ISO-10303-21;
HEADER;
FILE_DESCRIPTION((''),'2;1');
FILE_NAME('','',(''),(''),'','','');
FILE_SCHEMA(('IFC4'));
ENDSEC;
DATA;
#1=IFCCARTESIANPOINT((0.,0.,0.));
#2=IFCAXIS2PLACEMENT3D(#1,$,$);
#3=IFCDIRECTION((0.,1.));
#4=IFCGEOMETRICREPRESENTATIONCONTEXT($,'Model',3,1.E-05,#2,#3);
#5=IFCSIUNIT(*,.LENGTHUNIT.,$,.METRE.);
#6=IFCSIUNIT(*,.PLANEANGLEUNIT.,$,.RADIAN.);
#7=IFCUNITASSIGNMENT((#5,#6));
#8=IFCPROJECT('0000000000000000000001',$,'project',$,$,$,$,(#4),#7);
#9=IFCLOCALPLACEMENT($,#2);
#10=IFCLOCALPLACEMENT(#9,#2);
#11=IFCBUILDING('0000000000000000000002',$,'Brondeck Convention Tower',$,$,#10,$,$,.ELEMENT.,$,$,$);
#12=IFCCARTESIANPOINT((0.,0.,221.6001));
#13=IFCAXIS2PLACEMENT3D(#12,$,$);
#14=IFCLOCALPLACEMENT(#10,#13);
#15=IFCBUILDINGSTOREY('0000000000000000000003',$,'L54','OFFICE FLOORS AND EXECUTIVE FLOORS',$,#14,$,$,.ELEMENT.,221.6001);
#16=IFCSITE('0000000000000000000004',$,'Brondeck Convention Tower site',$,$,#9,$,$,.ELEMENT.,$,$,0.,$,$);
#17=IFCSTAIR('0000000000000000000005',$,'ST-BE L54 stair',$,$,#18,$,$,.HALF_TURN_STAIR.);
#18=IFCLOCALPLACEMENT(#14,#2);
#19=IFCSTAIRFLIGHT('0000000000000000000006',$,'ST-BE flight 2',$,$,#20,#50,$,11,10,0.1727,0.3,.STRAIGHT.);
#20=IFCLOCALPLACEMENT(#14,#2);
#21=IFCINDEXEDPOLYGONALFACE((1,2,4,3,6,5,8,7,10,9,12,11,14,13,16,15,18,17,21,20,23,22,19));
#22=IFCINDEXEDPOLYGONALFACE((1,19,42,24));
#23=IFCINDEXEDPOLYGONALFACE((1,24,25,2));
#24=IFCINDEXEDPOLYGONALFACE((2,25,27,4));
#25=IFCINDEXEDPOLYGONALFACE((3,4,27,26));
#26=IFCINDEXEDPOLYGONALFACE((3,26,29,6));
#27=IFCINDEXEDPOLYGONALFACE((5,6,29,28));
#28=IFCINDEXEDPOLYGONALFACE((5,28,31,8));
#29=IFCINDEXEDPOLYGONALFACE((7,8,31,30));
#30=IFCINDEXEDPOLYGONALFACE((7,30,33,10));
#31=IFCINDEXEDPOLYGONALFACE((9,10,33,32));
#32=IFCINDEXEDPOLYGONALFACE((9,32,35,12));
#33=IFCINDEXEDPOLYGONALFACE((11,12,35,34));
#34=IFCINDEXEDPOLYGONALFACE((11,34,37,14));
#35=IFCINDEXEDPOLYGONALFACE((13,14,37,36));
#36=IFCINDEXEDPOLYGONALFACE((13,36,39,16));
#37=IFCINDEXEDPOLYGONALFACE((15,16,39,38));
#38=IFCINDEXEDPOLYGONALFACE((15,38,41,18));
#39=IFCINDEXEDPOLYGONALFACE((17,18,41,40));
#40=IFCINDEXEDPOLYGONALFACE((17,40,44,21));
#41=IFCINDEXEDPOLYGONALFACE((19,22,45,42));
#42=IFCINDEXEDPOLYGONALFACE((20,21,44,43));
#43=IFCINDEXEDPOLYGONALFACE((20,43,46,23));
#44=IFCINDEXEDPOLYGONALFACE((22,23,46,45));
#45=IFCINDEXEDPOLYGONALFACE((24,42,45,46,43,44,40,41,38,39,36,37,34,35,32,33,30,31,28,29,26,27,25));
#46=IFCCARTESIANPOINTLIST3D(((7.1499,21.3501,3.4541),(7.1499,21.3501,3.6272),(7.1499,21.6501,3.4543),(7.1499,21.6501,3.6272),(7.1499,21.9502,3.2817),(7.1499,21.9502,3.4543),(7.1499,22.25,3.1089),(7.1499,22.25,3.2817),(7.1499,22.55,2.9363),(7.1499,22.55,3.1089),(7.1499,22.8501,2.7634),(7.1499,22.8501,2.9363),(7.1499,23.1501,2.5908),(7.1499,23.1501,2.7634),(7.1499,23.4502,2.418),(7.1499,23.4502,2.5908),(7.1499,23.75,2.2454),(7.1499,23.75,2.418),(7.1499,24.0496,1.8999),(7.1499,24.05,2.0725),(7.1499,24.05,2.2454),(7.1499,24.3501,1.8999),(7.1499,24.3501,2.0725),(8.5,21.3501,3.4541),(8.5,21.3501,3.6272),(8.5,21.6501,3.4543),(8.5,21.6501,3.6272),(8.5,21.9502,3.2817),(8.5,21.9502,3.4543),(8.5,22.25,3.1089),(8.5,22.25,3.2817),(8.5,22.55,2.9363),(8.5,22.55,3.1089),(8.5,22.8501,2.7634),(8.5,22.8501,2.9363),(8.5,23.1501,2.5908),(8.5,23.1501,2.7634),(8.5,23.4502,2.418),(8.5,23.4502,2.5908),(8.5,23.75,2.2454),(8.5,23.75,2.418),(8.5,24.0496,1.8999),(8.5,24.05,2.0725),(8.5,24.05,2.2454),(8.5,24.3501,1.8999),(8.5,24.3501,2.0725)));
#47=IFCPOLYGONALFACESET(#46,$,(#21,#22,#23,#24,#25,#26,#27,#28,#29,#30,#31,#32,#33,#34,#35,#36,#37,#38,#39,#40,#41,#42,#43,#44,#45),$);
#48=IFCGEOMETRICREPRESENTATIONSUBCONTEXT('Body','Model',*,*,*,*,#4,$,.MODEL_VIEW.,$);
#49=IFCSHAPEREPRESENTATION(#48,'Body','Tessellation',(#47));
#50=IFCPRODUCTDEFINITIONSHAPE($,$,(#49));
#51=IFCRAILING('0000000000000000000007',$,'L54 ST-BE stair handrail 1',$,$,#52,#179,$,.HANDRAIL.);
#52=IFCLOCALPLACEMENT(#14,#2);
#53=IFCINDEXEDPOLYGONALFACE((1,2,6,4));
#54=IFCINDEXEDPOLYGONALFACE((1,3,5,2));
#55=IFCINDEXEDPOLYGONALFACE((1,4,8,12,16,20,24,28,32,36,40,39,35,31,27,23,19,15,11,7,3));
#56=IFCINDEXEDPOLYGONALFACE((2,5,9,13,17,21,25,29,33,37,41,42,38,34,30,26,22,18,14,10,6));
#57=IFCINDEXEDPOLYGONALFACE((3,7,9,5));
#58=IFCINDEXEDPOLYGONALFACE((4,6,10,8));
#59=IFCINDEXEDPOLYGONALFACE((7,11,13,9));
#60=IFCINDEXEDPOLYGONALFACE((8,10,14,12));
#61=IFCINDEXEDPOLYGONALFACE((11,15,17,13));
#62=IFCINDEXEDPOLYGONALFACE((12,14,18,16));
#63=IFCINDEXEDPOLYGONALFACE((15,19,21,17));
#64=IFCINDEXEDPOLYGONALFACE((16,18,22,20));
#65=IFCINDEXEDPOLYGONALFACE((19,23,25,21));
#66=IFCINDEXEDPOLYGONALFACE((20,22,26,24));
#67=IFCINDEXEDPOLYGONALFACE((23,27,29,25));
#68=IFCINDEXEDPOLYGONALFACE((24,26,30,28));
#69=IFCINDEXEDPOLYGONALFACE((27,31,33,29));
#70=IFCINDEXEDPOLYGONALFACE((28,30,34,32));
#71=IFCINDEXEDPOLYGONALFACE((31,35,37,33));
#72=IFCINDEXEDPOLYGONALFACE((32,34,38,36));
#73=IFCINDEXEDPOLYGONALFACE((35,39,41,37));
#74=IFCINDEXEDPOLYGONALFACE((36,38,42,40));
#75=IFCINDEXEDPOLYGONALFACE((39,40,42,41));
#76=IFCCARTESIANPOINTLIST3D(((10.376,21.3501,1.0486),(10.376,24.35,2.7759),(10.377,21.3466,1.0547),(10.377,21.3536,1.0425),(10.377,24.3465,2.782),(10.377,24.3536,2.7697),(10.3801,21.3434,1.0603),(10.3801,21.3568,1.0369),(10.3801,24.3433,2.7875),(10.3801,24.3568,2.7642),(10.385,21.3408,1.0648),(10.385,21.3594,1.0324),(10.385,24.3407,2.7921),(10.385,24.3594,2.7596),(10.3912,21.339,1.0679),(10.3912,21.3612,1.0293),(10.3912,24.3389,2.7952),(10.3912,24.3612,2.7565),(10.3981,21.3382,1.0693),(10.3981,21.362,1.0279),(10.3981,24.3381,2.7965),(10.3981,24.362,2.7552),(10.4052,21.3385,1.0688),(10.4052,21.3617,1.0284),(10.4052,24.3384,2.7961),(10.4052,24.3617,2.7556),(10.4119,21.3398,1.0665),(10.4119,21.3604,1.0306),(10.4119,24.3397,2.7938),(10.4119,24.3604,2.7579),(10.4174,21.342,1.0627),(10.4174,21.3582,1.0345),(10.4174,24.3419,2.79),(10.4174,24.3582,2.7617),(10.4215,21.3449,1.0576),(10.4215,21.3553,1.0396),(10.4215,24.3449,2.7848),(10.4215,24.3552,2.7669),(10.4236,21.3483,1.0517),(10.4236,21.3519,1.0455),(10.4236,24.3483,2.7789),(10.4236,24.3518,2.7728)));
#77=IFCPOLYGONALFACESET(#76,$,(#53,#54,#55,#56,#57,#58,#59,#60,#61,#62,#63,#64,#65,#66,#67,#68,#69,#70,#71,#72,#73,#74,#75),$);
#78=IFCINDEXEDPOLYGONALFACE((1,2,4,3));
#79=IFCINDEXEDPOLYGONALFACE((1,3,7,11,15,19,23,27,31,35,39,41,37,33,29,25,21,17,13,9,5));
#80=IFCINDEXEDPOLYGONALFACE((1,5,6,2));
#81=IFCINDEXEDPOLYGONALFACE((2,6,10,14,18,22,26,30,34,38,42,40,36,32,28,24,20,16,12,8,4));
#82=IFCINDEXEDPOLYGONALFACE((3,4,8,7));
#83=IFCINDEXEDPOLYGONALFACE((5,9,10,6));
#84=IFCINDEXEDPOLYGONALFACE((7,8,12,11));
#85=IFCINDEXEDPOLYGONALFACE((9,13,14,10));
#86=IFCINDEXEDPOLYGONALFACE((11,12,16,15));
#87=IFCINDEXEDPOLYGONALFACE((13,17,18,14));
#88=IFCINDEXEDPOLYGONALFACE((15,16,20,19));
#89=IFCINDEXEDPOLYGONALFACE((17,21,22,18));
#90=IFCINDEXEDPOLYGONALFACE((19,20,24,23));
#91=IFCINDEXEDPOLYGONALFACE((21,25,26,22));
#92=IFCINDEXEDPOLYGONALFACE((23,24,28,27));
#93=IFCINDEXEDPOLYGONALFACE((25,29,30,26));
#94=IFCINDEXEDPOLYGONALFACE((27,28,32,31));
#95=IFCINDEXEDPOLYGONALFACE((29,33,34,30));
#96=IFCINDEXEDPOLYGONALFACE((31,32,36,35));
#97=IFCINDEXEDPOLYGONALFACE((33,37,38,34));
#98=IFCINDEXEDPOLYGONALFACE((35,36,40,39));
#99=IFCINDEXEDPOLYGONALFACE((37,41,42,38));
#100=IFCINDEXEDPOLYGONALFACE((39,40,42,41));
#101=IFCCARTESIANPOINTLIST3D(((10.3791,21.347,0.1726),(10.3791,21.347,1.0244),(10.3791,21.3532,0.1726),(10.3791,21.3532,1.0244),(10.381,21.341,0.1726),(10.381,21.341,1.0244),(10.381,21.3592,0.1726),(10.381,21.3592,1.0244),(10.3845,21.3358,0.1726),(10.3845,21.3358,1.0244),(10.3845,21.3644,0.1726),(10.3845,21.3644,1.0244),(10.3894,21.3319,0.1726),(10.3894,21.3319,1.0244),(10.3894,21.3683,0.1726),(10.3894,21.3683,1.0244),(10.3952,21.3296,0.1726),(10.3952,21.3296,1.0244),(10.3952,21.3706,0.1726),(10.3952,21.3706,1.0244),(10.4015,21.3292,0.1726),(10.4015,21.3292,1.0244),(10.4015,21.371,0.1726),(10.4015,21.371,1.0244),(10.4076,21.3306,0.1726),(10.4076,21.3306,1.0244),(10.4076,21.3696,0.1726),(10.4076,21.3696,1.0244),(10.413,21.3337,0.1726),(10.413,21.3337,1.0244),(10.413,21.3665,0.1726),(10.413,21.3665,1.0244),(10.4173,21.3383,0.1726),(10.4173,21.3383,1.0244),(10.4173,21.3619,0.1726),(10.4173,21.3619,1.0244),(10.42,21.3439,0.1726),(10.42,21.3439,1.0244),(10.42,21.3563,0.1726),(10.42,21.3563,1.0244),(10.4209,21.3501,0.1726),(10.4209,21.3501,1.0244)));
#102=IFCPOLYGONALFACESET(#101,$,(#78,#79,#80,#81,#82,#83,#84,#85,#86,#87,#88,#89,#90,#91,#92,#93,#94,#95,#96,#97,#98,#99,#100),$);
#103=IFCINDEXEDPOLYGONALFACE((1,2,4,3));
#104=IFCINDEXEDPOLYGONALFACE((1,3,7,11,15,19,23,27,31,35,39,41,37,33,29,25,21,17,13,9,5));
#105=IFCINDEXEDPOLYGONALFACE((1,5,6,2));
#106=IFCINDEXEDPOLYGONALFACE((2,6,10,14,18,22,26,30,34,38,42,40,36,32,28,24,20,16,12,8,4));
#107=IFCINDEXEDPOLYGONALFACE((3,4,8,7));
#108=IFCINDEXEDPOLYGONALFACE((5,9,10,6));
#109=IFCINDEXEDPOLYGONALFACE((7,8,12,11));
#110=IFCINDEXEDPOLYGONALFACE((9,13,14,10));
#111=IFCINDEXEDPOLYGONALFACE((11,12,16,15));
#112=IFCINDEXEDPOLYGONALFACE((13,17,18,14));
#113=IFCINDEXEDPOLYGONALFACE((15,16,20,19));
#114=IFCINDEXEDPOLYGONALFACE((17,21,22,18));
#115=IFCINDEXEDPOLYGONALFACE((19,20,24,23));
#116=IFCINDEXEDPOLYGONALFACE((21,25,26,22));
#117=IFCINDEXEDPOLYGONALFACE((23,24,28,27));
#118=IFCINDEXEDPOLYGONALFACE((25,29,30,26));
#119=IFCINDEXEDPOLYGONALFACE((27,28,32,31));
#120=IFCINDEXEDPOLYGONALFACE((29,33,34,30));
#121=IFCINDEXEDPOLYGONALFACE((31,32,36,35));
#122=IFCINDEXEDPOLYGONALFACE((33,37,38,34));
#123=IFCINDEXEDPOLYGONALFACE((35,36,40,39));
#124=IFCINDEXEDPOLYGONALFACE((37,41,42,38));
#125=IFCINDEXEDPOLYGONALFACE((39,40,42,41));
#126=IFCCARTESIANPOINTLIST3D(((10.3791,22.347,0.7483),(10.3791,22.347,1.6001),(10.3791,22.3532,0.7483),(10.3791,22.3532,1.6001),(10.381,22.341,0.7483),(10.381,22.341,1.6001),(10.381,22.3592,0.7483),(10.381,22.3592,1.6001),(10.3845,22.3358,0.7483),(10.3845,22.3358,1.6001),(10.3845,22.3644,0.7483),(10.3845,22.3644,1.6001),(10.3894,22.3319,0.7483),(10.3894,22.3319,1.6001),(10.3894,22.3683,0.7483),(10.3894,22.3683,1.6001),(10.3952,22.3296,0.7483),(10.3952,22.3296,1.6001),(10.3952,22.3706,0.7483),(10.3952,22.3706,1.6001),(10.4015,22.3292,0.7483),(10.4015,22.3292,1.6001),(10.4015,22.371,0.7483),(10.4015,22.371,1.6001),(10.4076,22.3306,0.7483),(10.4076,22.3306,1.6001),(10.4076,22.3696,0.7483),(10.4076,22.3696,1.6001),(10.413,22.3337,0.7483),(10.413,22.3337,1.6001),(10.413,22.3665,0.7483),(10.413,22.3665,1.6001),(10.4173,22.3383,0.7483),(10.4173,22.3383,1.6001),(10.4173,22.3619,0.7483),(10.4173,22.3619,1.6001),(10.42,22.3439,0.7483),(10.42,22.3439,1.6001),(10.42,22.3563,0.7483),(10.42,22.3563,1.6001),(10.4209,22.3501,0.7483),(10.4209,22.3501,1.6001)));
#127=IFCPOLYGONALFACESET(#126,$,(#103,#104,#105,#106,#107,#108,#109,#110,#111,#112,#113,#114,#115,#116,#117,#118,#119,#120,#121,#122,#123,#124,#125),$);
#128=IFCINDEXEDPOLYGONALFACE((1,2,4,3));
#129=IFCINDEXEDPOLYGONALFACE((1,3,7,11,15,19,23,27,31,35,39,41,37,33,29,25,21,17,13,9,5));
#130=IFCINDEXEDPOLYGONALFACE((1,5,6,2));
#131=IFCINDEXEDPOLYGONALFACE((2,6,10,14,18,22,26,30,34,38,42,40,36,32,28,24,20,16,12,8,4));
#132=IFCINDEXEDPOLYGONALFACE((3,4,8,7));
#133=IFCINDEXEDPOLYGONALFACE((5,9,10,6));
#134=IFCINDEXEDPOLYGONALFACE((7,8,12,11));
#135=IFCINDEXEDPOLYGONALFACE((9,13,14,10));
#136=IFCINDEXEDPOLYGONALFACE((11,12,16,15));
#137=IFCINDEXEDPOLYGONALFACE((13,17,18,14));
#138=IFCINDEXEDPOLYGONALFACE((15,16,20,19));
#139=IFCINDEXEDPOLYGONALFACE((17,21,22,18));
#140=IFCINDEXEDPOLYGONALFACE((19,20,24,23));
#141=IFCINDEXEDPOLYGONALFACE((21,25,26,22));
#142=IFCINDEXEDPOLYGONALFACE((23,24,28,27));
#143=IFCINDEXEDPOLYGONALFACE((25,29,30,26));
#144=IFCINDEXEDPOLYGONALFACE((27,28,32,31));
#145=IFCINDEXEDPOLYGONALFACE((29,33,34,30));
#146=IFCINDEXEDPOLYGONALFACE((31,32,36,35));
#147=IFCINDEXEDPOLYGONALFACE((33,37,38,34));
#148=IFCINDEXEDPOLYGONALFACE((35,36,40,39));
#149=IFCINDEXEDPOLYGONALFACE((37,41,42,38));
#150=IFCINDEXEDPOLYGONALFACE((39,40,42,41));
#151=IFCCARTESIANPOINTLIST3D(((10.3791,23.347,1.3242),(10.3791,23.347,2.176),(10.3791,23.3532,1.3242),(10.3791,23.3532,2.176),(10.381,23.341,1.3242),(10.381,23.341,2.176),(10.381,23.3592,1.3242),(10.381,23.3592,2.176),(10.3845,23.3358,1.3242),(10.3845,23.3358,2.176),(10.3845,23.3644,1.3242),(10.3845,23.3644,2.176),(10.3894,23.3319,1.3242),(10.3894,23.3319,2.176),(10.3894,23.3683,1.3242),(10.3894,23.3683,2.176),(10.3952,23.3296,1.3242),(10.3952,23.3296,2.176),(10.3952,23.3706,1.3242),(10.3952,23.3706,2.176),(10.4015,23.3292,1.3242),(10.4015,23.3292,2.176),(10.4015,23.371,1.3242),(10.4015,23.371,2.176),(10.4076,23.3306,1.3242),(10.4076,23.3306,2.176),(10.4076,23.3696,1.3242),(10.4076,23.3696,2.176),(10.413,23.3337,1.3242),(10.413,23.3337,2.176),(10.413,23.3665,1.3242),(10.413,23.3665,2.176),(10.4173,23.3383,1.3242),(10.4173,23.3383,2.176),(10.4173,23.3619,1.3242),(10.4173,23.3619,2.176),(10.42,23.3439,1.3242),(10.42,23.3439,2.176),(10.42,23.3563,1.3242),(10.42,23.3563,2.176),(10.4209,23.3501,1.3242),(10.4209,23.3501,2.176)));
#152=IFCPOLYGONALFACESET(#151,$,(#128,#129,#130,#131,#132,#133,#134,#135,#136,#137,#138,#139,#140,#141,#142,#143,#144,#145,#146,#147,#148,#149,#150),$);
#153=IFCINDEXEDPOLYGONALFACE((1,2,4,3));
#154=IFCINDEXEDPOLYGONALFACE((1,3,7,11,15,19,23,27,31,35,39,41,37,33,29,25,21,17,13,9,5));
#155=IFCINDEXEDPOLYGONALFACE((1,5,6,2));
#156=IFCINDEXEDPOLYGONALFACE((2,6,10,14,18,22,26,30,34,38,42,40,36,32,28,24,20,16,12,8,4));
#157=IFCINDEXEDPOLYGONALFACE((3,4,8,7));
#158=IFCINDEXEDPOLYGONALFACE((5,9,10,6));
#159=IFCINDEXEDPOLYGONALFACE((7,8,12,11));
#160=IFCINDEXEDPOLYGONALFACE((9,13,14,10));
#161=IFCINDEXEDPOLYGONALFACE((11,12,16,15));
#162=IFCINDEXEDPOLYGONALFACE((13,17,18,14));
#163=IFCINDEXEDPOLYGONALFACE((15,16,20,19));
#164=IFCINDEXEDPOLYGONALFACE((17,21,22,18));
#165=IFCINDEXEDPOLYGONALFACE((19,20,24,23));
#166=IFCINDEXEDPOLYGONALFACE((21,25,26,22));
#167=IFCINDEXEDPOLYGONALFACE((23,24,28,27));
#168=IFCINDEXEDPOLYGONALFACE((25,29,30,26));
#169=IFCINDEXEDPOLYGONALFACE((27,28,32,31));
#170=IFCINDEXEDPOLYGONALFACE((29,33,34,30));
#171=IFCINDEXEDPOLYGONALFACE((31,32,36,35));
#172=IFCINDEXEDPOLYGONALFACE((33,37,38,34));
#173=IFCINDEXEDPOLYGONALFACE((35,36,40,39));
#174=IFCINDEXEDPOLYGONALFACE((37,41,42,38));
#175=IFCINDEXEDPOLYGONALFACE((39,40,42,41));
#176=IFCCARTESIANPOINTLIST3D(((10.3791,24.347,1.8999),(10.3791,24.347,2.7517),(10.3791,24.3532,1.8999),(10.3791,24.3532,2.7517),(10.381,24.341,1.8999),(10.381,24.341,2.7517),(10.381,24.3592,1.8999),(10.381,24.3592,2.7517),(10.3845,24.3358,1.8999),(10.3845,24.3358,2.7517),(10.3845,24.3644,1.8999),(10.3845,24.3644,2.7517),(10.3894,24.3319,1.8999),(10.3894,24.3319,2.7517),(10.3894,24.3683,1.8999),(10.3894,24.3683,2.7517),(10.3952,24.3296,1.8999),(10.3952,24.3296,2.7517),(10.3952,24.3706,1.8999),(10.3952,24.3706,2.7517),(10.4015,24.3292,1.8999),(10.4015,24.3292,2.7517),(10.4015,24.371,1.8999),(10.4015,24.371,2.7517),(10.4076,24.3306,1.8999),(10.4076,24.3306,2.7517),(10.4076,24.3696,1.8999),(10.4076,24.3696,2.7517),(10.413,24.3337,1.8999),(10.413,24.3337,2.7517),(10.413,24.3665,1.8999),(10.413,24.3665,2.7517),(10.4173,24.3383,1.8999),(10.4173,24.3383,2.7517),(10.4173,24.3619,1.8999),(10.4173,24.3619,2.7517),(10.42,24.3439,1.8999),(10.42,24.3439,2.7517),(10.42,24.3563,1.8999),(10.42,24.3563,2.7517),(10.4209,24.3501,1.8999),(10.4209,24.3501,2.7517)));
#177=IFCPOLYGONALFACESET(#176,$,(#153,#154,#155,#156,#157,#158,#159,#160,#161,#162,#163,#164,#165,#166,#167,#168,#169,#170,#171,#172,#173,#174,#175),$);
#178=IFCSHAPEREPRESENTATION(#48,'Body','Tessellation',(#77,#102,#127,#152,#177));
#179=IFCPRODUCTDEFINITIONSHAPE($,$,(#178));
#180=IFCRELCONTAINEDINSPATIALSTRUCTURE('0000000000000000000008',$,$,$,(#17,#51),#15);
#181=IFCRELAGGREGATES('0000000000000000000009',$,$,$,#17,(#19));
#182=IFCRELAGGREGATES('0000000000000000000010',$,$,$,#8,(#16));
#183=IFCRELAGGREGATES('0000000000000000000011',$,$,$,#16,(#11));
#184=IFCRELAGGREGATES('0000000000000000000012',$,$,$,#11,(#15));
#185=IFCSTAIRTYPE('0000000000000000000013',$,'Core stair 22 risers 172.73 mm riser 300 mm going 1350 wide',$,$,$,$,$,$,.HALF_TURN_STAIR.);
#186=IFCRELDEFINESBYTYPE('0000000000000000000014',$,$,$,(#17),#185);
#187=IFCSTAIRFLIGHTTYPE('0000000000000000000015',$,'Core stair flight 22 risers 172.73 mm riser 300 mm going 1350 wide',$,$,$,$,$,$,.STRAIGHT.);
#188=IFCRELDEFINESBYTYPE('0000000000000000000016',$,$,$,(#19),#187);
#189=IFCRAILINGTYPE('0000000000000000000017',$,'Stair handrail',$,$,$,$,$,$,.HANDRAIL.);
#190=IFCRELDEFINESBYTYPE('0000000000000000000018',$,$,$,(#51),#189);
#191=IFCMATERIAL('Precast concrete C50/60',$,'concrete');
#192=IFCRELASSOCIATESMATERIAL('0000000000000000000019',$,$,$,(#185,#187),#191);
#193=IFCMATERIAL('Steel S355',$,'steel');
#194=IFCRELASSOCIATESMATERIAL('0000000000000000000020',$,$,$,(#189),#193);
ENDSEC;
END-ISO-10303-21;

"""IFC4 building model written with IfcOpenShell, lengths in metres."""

from ifc_helpers import new_model, si_unit, direction, frame, origin, origin_2d, place, context, subcontext, project, spatial, polyline, circle, outline, extrude, material, type_object, element, aggregate, save


model = new_model("IFC4")

# Units and contexts
model_context = context("Model", 3, precision=1e-05, world=origin(), true_north=direction((0.0, 1.0)))
body_context = subcontext(model_context, "Body", "Model", "MODEL_VIEW")
ifc_project = project(units=[si_unit("LENGTHUNIT", "METRE"), si_unit("PLANEANGLEUNIT", "RADIAN")], contexts=[model_context])

# Site, building, storey
site_placement = place(None, origin())
site = spatial("IfcSite", under=ifc_project, at=site_placement, Name="Brondeck Convention Tower site", CompositionType="ELEMENT", RefElevation=0.0)
building_placement = place(site_placement, origin())
building = spatial("IfcBuilding", under=site, at=building_placement, Name="Brondeck Convention Tower", CompositionType="ELEMENT")
storey_placement = place(building_placement, frame((0.0, 0.0, 221.6001)))
storey = spatial("IfcBuildingStorey", under=building, at=storey_placement, Name="L54", Description="OFFICE FLOORS AND EXECUTIVE FLOORS", CompositionType="ELEMENT", Elevation=221.6001)

# Shared definitions
ifc_material_1 = material(Name="Steel S355", Category="steel")

# Stair, stair flight
ifc_material_2 = material(Name="Precast concrete C50/60", Category="concrete")
stair_type = type_object("IfcStairType", Name="Core stair 22 risers 172.73 mm riser 300 mm going 1350 wide", PredefinedType="HALF_TURN_STAIR", material=ifc_material_2)
stair_placement = place(storey_placement, origin())
stair = element("IfcStair", 1, at=stair_placement, inside=storey, type_object=stair_type, Name="ST-BE L54 stair", PredefinedType="HALF_TURN_STAIR")
stair_flight_type = type_object("IfcStairFlightType", Name="Core stair flight 22 risers 172.73 mm riser 300 mm going 1350 wide", PredefinedType="STRAIGHT", material=ifc_material_2)
stair_flight_1_placement = place(storey_placement, frame((7.825, 24.3501, 1.8999), z_axis=(0.0, 0.0, 1.0), x_axis=(0.0, -1.0, 0.0)))
stair_flight_1 = element("IfcStairFlight", 2, at=stair_flight_1_placement, type_object=stair_flight_type, Name="ST-BE flight 2", NumberOfRisers=11, NumberOfTreads=10, PredefinedType="STRAIGHT", RiserHeight=0.1727, TreadLength=0.3, context=body_context, shape_type="SweptSolid", body=[
    extrude(outline(polyline([(0.0, 0.0), (0.0, 0.1726), (0.3, 0.1726), (0.3, 0.3455), (0.6001, 0.3455), (0.6001, 0.5181), (0.8999, 0.5181), (0.8999, 0.6909), (1.2, 0.6909), (1.2, 0.8635), (1.5, 0.8635), (1.5, 1.0364), (1.8, 1.0364), (1.8, 1.209), (2.1001, 1.209), (2.1001, 1.3818), (2.3999, 1.3818), (2.3999, 1.5544), (2.7, 1.5544), (2.7, 1.7273), (3.0, 1.7273), (3.0, 1.8999), (3.0, 1.5542), (0.3005, 0.0), (0.0, 0.0)])), frame((0.0, 0.675, 0.0), z_axis=(0.0, -1.0, 0.0), x_axis=(1.0, 0.0, 0.0)), (0.0, 0.0, 1.0), 1.3501),
])
aggregate(stair, [stair_flight_1])

# Railing
railing_type_1 = type_object("IfcRailingType", Name="Stair handrail", PredefinedType="HANDRAIL", material=ifc_material_1)
railing_1_placement = place(storey_placement, frame((10.3999, 21.3501, 0.1726)))
element("IfcRailing", 3, at=railing_1_placement, inside=storey, type_object=railing_type_1, Name="L54 ST-BE stair handrail 1", PredefinedType="HANDRAIL", context=body_context, shape_type="SweptSolid", body=[
    extrude(circle(Radius=0.0239, at=origin_2d()), frame((0.0, 0.0, 0.876), z_axis=(0.0, 0.86662, 0.498969), x_axis=(-1.0, 0.0, 0.0)), (0.0, 0.0, 1.0), 3.4617),
    extrude(circle(Radius=0.021, at=origin_2d()), origin(), (0.0, 0.0, 1.0), 0.8518),
    extrude(circle(Radius=0.021, at=origin_2d()), frame((0.0, 1.0, 0.5757)), (0.0, 0.0, 1.0), 0.8518),
    extrude(circle(Radius=0.021, at=origin_2d()), frame((0.0, 2.0, 1.1516)), (0.0, 0.0, 1.0), 0.8518),
    extrude(circle(Radius=0.021, at=origin_2d()), frame((0.0, 3.0, 1.7273)), (0.0, 0.0, 1.0), 0.8518),
])

save(model, "model.ifc")
